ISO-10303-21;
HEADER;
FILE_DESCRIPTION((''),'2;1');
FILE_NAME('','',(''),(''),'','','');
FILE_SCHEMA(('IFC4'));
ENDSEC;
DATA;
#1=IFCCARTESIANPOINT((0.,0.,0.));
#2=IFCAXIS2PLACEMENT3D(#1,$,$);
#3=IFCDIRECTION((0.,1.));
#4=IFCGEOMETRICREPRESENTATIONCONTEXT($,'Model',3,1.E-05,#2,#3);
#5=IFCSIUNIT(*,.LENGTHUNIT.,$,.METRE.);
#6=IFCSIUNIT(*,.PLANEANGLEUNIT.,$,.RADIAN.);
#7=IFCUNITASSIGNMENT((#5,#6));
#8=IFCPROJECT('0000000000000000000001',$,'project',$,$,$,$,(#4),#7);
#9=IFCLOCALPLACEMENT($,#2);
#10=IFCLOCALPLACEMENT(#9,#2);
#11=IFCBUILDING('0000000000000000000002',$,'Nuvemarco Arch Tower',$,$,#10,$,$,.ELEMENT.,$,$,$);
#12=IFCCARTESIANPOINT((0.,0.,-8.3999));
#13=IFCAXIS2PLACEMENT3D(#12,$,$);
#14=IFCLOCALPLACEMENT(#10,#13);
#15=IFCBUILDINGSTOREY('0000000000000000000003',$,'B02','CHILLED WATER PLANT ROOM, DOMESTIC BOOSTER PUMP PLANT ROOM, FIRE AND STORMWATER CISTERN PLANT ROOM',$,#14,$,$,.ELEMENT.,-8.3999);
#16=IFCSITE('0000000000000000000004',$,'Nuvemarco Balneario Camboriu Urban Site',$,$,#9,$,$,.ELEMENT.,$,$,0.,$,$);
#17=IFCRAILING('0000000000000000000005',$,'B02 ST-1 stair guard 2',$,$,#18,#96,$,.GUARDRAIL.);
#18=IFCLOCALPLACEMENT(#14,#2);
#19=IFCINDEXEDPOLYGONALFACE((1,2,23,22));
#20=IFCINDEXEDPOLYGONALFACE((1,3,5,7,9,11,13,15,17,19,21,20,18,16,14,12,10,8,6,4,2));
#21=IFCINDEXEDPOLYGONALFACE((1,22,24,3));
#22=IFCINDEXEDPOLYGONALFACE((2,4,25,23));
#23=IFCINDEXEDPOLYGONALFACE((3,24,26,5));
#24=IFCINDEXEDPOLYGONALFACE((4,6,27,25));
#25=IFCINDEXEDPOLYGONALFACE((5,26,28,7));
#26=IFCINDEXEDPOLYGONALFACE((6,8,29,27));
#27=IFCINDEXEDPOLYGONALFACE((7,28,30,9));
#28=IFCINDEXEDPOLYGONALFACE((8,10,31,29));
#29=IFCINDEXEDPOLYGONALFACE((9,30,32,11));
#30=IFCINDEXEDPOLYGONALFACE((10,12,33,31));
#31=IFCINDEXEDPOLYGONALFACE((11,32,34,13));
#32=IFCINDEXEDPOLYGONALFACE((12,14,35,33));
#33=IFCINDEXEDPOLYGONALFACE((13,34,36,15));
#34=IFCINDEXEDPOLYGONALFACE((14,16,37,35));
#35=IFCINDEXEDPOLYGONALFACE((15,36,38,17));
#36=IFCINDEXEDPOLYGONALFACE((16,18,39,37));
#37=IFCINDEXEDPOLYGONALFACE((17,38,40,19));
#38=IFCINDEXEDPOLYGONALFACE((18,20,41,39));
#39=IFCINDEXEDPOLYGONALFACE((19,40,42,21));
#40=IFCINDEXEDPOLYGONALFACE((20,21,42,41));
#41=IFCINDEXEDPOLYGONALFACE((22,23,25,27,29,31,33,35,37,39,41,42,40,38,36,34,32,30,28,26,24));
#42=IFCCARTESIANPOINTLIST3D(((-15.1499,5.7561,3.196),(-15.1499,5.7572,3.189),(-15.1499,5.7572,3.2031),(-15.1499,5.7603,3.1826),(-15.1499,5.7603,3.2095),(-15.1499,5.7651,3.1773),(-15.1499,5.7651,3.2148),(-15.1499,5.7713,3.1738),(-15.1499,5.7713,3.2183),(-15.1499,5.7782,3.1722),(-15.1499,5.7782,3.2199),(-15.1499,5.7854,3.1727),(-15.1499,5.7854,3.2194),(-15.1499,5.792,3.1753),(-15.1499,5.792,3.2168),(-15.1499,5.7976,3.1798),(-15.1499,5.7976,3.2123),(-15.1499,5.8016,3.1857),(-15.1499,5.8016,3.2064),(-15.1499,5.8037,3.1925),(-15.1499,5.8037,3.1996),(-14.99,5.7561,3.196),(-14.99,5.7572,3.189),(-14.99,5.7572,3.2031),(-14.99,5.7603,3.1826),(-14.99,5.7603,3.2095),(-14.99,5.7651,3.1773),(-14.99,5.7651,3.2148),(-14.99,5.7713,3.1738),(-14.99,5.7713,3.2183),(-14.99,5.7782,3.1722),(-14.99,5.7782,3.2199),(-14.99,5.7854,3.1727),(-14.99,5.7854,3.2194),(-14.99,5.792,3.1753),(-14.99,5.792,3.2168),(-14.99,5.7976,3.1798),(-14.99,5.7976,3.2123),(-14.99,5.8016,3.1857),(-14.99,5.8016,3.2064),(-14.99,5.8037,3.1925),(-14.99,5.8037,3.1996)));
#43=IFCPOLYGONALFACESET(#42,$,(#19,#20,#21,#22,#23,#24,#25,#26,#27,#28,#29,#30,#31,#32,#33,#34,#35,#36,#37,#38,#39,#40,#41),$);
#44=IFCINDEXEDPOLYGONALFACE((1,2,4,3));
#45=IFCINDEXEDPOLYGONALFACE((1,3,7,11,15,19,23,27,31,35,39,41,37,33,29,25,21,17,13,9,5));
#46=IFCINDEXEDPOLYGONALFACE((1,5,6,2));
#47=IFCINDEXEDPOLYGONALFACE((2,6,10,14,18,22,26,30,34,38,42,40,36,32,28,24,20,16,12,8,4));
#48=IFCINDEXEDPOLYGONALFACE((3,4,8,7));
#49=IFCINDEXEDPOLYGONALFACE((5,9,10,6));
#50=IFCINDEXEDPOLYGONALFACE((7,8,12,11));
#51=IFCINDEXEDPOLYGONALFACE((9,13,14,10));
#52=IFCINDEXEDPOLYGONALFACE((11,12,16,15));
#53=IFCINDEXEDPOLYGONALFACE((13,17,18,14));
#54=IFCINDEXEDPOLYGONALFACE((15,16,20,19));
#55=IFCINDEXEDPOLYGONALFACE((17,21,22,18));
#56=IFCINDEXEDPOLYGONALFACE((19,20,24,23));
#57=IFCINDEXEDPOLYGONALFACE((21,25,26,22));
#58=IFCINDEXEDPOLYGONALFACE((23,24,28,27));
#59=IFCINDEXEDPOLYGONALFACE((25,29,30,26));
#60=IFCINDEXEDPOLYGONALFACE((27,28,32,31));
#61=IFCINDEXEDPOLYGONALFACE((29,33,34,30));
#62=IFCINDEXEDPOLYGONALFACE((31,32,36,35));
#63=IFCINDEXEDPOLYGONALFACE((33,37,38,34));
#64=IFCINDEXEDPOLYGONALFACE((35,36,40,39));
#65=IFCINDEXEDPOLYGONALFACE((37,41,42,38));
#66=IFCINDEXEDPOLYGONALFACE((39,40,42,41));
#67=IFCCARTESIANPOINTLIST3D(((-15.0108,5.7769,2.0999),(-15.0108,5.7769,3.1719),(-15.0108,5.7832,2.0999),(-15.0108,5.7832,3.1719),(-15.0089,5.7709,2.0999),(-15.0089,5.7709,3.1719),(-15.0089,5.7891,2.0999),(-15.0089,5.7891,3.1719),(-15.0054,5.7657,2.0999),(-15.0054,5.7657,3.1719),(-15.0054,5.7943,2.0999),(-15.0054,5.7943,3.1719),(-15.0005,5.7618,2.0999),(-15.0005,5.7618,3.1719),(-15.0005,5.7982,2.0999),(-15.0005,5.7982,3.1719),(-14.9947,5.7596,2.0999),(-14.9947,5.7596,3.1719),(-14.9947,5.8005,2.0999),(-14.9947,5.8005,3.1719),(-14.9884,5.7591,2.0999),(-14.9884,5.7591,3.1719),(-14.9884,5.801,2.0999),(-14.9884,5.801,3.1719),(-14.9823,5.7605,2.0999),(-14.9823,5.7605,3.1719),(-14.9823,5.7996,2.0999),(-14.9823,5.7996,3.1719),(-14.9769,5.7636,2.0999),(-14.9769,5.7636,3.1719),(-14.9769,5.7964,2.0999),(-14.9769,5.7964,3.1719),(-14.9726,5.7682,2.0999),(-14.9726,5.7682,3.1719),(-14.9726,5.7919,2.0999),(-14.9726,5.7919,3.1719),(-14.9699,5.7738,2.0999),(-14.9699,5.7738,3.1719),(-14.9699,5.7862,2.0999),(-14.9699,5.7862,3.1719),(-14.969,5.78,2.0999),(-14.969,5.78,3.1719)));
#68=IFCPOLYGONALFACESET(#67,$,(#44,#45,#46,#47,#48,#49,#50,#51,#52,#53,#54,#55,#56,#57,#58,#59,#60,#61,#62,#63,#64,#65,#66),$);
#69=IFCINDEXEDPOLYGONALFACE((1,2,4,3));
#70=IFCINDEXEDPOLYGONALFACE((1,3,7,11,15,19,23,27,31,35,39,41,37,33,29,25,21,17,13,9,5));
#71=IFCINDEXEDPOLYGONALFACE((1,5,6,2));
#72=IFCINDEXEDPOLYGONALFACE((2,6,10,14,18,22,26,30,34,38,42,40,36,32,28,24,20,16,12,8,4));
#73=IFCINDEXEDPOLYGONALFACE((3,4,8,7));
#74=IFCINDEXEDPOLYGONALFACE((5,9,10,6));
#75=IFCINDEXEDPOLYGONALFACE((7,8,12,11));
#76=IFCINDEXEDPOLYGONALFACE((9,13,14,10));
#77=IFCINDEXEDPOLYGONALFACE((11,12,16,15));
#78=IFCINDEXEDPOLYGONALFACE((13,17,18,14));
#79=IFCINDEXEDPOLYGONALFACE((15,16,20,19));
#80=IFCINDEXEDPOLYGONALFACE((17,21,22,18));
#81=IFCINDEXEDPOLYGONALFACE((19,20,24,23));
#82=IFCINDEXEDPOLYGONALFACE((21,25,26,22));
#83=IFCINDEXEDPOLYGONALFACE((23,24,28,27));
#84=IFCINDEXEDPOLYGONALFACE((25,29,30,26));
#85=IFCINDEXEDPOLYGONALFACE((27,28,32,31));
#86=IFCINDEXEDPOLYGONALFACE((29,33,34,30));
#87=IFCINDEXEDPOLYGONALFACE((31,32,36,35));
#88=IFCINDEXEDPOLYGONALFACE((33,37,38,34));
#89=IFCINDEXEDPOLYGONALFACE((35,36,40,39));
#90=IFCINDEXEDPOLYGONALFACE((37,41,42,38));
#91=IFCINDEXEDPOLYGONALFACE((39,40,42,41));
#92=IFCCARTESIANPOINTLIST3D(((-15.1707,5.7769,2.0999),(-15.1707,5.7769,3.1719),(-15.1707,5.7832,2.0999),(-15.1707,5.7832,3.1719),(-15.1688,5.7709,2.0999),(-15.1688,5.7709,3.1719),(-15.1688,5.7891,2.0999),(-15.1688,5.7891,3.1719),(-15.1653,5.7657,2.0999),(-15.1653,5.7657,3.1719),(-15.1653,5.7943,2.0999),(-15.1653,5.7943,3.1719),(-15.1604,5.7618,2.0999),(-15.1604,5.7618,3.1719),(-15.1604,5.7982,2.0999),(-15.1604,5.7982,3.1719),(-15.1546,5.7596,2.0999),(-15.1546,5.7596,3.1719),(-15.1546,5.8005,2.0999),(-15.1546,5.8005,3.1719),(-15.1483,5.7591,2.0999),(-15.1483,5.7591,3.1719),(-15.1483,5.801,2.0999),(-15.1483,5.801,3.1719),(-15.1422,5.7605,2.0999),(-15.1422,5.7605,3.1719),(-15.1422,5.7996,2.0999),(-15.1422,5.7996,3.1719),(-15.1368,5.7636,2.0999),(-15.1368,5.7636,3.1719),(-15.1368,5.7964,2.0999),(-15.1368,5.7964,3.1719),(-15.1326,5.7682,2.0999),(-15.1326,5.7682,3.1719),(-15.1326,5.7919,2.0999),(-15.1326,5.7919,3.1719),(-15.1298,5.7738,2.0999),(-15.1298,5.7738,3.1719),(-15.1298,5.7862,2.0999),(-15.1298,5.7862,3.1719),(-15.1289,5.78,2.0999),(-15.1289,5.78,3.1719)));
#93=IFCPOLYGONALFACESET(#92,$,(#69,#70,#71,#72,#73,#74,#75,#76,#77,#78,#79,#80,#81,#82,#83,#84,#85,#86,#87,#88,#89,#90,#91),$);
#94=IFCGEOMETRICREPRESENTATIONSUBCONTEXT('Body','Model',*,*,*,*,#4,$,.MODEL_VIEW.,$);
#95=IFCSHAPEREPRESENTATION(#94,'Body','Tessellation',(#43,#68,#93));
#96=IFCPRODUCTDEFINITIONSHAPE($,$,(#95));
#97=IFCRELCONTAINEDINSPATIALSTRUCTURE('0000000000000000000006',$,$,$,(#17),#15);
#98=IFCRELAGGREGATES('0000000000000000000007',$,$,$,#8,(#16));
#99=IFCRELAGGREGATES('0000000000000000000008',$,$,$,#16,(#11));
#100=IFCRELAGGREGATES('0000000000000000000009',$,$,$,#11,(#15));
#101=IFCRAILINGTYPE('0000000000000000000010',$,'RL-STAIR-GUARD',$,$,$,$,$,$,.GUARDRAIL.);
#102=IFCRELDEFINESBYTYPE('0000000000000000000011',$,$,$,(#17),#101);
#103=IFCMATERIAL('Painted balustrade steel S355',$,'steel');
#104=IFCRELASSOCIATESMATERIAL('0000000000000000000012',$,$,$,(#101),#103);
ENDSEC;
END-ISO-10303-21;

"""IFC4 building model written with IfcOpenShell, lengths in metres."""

from ifc_helpers import new_model, si_unit, direction, frame, origin, origin_2d, place, context, subcontext, project, spatial, circle, extrude, material, type_object, element, save


model = new_model("IFC4")

# Units and contexts
model_context = context("Model", 3, precision=1e-05, world=origin(), true_north=direction((0.0, 1.0)))
body_context = subcontext(model_context, "Body", "Model", "MODEL_VIEW")
ifc_project = project(units=[si_unit("LENGTHUNIT", "METRE"), si_unit("PLANEANGLEUNIT", "RADIAN")], contexts=[model_context])

# Site, building, storey
site_placement = place(None, origin())
site = spatial("IfcSite", under=ifc_project, at=site_placement, Name="Nuvemarco Balneario Camboriu Urban Site", CompositionType="ELEMENT", RefElevation=0.0)
building_placement = place(site_placement, origin())
building = spatial("IfcBuilding", under=site, at=building_placement, Name="Nuvemarco Arch Tower", CompositionType="ELEMENT")
storey_placement = place(building_placement, frame((0.0, 0.0, -8.3999)))
storey = spatial("IfcBuildingStorey", under=building, at=storey_placement, Name="B02", Description="CHILLED WATER PLANT ROOM, DOMESTIC BOOSTER PUMP PLANT ROOM, FIRE AND STORMWATER CISTERN PLANT ROOM", CompositionType="ELEMENT", Elevation=-8.3999)

# Railing
ifc_material_1 = material(Name="Painted balustrade steel S355", Category="steel")
railing_type_1 = type_object("IfcRailingType", Name="RL-STAIR-GUARD", PredefinedType="GUARDRAIL", material=ifc_material_1)
railing_1_placement = place(storey_placement, frame((-14.99, 5.78, 2.0999)))
element("IfcRailing", 1, at=railing_1_placement, inside=storey, type_object=railing_type_1, Name="B02 ST-1 stair guard 2", PredefinedType="GUARDRAIL", context=body_context, shape_type="SweptSolid", body=[
    extrude(circle(Radius=0.0239, at=origin_2d()), frame((0.0, 0.0, 1.0962), z_axis=(-1.0, 0.0, 0.0), x_axis=(0.0, -1.0, 0.0)), (0.0, 0.0, 1.0), 0.1599),
    extrude(circle(Radius=0.021, at=origin_2d()), origin(), (0.0, 0.0, 1.0), 1.072),
    extrude(circle(Radius=0.021, at=origin_2d()), frame((-0.1599, 0.0, 0.0)), (0.0, 0.0, 1.0), 1.072),
])

save(model, "model.ifc")
